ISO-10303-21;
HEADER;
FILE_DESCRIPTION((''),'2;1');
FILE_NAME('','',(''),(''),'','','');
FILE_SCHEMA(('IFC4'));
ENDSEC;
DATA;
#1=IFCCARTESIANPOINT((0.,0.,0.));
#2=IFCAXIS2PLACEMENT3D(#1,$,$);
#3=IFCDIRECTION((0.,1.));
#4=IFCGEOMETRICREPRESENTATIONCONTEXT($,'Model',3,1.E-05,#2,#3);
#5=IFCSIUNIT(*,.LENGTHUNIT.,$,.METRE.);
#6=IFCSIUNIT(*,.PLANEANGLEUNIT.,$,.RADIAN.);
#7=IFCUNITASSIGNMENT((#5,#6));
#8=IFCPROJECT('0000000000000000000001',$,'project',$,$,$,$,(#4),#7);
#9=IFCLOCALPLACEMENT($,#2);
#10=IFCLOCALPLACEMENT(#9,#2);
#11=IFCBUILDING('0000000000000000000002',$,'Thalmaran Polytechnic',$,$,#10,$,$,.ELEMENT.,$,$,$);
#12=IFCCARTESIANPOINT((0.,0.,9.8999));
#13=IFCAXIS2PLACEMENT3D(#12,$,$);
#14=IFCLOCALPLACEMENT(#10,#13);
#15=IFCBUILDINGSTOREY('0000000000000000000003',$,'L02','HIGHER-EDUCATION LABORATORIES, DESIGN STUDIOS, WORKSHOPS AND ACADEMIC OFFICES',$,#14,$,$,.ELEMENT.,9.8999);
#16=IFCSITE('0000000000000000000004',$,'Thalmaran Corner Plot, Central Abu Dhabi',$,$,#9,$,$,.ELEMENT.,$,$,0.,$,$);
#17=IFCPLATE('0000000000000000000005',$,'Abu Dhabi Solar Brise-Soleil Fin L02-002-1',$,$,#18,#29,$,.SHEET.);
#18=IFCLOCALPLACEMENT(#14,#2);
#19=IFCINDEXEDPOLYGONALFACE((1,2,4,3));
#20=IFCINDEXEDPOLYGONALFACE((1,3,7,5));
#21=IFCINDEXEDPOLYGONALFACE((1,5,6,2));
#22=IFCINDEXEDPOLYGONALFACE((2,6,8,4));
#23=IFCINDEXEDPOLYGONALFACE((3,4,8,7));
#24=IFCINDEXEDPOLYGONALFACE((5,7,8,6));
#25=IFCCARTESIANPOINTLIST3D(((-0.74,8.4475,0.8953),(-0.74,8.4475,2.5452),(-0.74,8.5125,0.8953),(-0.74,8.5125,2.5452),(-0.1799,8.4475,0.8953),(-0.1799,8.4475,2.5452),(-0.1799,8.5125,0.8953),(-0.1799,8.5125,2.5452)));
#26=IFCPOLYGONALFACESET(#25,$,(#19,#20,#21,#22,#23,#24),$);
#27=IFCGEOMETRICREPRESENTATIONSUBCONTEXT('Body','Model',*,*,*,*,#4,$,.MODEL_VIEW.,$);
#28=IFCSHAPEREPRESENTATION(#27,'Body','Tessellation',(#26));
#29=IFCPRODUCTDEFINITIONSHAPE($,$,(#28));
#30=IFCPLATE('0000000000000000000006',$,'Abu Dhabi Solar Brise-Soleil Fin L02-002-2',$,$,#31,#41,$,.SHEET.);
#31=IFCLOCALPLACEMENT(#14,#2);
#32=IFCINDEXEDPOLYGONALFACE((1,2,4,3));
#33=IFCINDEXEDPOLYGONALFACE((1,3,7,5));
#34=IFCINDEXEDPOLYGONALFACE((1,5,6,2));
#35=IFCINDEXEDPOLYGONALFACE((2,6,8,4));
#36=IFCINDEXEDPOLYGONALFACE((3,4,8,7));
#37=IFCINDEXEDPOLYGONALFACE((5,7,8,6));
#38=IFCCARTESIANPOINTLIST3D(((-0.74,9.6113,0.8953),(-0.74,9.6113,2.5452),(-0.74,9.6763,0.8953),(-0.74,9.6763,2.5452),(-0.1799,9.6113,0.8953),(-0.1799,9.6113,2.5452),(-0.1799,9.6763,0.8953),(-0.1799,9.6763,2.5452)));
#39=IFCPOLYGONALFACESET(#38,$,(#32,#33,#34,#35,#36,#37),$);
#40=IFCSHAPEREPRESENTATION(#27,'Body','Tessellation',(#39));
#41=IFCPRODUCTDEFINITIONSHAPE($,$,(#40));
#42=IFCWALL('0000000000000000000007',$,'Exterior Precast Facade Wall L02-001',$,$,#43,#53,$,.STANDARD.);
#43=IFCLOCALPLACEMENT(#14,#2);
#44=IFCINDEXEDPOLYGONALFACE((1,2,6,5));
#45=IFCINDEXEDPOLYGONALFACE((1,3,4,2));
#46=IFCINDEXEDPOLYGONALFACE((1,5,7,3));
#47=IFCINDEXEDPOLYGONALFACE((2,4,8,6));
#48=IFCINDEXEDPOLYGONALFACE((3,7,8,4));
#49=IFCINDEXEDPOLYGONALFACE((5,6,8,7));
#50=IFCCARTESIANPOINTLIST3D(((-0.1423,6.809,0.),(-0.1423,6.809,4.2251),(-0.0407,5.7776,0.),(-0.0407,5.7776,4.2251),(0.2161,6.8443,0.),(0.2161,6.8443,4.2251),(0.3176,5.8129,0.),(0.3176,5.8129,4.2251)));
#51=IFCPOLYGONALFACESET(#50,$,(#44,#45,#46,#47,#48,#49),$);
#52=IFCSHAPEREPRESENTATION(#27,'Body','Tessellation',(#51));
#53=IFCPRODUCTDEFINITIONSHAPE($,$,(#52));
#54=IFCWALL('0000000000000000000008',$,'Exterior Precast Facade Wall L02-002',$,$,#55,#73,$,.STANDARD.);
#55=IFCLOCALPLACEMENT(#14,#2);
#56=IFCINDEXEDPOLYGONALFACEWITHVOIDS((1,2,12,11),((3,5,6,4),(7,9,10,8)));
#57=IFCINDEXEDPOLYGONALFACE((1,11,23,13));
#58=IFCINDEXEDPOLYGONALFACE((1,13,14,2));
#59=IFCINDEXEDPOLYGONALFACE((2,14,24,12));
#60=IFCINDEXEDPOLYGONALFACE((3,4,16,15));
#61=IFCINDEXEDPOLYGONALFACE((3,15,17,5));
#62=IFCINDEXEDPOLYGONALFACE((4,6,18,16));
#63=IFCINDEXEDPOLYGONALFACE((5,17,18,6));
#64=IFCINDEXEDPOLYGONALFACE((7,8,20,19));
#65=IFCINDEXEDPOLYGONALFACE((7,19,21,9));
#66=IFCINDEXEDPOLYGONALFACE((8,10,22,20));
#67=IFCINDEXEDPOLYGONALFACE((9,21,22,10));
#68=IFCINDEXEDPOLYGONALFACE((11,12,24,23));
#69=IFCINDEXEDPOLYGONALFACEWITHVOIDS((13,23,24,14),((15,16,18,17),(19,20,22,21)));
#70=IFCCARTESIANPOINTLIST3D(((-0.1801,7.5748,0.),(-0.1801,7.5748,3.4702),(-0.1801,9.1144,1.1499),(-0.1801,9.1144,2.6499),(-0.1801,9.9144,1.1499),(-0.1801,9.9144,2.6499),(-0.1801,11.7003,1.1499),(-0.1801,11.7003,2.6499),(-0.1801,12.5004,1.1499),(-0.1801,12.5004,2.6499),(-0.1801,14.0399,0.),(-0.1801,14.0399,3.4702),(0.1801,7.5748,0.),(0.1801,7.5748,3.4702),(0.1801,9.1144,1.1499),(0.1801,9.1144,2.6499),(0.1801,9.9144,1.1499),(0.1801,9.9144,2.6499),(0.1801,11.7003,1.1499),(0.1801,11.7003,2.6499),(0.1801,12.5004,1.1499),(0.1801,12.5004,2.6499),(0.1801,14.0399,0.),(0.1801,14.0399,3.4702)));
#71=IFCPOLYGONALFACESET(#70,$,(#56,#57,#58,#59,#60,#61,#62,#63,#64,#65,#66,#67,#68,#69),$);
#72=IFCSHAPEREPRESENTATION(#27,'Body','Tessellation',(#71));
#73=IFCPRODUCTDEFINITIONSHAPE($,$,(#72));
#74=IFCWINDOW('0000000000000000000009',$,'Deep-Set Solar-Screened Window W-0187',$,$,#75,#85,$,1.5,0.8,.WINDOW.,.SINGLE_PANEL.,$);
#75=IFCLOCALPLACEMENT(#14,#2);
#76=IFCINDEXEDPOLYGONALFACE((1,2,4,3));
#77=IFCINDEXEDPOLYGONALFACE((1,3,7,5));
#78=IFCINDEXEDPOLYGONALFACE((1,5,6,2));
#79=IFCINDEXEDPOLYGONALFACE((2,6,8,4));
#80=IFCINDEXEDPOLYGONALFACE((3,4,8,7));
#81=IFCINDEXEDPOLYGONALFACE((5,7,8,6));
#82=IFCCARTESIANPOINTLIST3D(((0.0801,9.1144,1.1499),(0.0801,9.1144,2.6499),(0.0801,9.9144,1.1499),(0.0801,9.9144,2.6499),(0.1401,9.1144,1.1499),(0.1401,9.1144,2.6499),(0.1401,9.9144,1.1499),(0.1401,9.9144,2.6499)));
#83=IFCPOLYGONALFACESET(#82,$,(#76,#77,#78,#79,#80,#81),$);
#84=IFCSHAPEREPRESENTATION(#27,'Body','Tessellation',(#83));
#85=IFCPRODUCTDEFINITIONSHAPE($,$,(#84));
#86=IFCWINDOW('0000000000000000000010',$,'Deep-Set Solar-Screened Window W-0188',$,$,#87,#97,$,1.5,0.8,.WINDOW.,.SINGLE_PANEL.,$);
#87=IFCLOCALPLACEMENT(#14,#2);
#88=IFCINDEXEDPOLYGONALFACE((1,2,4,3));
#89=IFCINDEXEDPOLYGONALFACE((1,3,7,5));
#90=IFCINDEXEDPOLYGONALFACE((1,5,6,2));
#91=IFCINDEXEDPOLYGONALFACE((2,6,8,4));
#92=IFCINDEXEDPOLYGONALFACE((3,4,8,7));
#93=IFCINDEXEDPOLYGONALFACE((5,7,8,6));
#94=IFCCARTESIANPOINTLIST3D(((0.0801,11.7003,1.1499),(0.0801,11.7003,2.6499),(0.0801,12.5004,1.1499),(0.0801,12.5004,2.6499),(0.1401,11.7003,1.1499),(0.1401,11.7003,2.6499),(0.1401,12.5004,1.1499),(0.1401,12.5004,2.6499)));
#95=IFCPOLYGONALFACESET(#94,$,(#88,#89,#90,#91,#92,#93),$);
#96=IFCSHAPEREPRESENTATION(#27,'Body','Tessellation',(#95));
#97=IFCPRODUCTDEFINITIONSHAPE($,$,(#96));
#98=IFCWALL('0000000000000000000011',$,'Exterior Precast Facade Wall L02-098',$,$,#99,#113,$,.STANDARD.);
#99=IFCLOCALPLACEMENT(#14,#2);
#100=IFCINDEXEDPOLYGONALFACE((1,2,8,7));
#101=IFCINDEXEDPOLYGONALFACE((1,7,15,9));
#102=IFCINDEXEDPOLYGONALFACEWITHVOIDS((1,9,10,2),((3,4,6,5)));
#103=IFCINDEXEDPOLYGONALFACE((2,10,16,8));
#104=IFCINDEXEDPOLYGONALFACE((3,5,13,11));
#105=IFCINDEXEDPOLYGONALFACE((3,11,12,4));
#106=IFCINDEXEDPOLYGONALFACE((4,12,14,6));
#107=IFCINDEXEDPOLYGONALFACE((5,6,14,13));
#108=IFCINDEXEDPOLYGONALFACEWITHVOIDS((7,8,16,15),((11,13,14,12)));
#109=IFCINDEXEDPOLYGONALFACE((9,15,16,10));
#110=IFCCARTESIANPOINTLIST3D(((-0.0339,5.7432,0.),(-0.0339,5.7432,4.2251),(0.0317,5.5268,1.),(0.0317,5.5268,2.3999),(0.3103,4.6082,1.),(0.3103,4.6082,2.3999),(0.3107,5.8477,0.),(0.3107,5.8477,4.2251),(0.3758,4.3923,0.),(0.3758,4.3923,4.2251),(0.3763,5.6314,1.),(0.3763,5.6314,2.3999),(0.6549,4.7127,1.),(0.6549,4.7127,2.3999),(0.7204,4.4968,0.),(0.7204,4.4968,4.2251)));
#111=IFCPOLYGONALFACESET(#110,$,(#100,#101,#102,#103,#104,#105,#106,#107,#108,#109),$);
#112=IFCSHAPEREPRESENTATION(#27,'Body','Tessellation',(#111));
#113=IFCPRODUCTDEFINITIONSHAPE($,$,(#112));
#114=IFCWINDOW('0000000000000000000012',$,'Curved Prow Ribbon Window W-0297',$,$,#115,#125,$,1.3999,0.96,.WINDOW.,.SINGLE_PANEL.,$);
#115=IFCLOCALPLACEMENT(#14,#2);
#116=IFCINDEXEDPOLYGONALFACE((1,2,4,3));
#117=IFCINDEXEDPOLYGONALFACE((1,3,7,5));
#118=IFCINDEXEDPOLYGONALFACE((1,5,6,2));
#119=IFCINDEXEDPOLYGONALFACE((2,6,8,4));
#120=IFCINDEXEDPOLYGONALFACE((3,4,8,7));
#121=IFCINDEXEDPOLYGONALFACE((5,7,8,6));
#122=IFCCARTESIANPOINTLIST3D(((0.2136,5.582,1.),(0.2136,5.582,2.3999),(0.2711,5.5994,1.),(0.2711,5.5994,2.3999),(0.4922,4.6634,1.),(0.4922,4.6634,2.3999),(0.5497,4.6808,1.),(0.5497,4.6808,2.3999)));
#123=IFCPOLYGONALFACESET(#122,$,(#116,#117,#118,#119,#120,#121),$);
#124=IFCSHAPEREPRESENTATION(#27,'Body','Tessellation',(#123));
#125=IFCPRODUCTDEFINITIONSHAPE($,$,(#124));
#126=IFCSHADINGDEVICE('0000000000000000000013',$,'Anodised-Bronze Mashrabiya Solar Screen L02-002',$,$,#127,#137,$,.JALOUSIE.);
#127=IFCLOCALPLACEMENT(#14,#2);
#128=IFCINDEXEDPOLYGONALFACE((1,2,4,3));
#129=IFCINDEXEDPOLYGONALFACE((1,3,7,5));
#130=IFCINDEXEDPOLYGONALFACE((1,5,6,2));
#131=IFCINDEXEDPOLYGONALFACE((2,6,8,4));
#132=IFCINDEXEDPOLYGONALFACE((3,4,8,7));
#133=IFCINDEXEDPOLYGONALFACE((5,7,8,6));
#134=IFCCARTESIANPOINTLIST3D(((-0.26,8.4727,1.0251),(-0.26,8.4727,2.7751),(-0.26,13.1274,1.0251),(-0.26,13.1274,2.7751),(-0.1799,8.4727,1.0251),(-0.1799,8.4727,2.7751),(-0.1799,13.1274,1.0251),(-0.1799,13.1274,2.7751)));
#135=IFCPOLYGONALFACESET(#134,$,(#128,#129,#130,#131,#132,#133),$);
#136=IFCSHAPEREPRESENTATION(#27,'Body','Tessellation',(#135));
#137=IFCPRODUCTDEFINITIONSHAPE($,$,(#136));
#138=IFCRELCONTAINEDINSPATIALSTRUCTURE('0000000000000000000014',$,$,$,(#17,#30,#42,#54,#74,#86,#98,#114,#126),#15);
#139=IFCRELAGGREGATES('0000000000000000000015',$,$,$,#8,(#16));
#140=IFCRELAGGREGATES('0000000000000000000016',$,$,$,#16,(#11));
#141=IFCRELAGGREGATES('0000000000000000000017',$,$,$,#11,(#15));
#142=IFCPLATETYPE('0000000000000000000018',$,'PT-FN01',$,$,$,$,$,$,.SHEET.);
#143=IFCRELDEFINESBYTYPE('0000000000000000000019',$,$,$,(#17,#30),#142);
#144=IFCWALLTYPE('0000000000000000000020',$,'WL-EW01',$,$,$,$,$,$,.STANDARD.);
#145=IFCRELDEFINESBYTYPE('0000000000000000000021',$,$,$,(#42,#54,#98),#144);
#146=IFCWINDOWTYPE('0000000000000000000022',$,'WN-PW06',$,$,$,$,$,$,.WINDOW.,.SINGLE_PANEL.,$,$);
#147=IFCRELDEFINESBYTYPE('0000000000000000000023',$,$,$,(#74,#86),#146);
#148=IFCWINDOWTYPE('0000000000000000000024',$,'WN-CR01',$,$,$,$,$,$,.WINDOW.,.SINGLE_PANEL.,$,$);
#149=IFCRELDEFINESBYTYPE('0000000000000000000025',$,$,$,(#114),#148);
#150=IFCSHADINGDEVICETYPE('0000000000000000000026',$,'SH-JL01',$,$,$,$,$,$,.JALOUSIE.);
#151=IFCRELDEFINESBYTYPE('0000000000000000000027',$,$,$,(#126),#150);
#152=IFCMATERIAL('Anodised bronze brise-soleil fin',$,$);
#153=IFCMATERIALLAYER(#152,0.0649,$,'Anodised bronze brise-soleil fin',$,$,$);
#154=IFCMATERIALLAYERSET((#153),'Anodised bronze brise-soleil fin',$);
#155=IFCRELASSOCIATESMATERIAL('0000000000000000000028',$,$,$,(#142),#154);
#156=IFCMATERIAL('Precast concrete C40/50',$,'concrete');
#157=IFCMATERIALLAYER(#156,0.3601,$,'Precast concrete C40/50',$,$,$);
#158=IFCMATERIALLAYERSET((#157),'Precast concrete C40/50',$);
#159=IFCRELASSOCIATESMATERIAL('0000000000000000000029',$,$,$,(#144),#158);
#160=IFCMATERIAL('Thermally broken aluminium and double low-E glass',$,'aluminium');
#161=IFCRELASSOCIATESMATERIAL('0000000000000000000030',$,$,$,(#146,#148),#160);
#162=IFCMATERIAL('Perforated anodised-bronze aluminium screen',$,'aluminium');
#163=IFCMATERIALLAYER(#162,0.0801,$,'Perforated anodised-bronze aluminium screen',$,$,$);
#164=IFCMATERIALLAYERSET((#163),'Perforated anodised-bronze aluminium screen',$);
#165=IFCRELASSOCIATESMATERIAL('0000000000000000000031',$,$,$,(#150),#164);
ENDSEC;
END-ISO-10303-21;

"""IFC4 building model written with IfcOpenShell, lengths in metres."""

from ifc_helpers import new_model, si_unit, direction, frame, frame_2d, origin, origin_2d, place, context, subcontext, project, spatial, rectangle, extrude, material, layer, layer_set, type_object, element, fill, save


model = new_model("IFC4")

# Units and contexts
model_context = context("Model", 3, precision=1e-05, world=origin(), true_north=direction((0.0, 1.0)))
body_context = subcontext(model_context, "Body", "Model", "MODEL_VIEW")
ifc_project = project(units=[si_unit("LENGTHUNIT", "METRE"), si_unit("PLANEANGLEUNIT", "RADIAN")], contexts=[model_context])

# Site, building, storey
site_placement = place(None, origin())
site = spatial("IfcSite", under=ifc_project, at=site_placement, Name="Thalmaran Corner Plot, Central Abu Dhabi", CompositionType="ELEMENT", RefElevation=0.0)
building_placement = place(site_placement, origin())
building = spatial("IfcBuilding", under=site, at=building_placement, Name="Thalmaran Polytechnic", CompositionType="ELEMENT")
storey_placement = place(building_placement, frame((0.0, 0.0, 9.8999)))
storey = spatial("IfcBuildingStorey", under=building, at=storey_placement, Name="L02", Description="HIGHER-EDUCATION LABORATORIES, DESIGN STUDIOS, WORKSHOPS AND ACADEMIC OFFICES", CompositionType="ELEMENT", Elevation=9.8999)

# Plates
ifc_material_1 = material(Name="Anodised bronze brise-soleil fin")
ifc_layer_1 = layer(ifc_material_1, 0.0649, Name="Anodised bronze brise-soleil fin")
ifc_layer_set_1 = layer_set([ifc_layer_1], Name="Anodised bronze brise-soleil fin")
plate_type_1 = type_object("IfcPlateType", Name="PT-FN01", PredefinedType="SHEET", material=ifc_layer_set_1)
for number, where, z_axis, x_axis, name in (
    (1, (-0.46, 8.48, 0.8953), (0.0, 0.0, 1.0), (0.0, 1.0, 0.0), "Abu Dhabi Solar Brise-Soleil Fin L02-002-1"),
    (2, (-0.46, 9.6438, 0.8953), (0.0, 0.0, 1.0), (0.0, 1.0, 0.0), "Abu Dhabi Solar Brise-Soleil Fin L02-002-2"),
):
    element("IfcPlate", number, at=place(storey_placement, frame(where, z_axis=z_axis, x_axis=x_axis)), inside=storey, type_object=plate_type_1, Name=name, PredefinedType="SHEET", context=body_context, shape_type="SweptSolid", body=[
        extrude(rectangle(XDim=0.0649, YDim=0.5601, at=origin_2d()), origin(), (0.0, 0.0, 1.0), 1.6499),
    ])

# Wall
ifc_material_2 = material(Name="Precast concrete C40/50", Category="concrete")
ifc_layer_2 = layer(ifc_material_2, 0.3601, Name="Precast concrete C40/50")
ifc_layer_set_2 = layer_set([ifc_layer_2], Name="Precast concrete C40/50")
wall_type = type_object("IfcWallType", Name="WL-EW01", PredefinedType="STANDARD", material=ifc_layer_set_2)
wall_1_placement = place(storey_placement, frame((0.1384, 5.7954, 0.0), z_axis=(0.0, 0.0, 1.0), x_axis=(-0.097988, 0.995188, 0.0)))
element("IfcWall", 3, at=wall_1_placement, inside=storey, type_object=wall_type, Name="Exterior Precast Facade Wall L02-001", PredefinedType="STANDARD", context=body_context, shape_type="SweptSolid", body=[
    extrude(rectangle(XDim=1.0364, YDim=0.3601, at=frame_2d((0.5181, 0.0))), origin(), (0.0, 0.0, 1.0), 4.2251),
])

# Wall, openings, windows
wall_2_placement = place(storey_placement, frame((0.0, 7.575, 0.0), z_axis=(0.0, 0.0, 1.0), x_axis=(0.0, 1.0, 0.0)))
wall_2 = element("IfcWall", 4, at=wall_2_placement, inside=storey, type_object=wall_type, Name="Exterior Precast Facade Wall L02-002", PredefinedType="STANDARD", context=body_context, shape_type="SweptSolid", body=[
    extrude(rectangle(XDim=6.4651, YDim=0.3601, at=frame_2d((3.2324, 0.0))), origin(), (0.0, 0.0, 1.0), 3.4702),
])
opening_1_placement = place(wall_2_placement, frame((1.5396, 0.0, 1.1499)))
opening_1 = element("IfcOpeningElement", 5, at=opening_1_placement, cuts=wall_2, PredefinedType="OPENING", context=body_context, shape_type="SweptSolid", body=[
    extrude(rectangle(XDim=0.8, YDim=1.5, at=frame_2d((0.3999, 0.75))), frame((0.0, 0.1899, 0.0), z_axis=(0.0, -1.0, 0.0), x_axis=(1.0, 0.0, 0.0)), (0.0, 0.0, 1.0), 0.3801),
])
opening_2_placement = place(wall_2_placement, frame((4.1255, 0.0, 1.1499)))
opening_2 = element("IfcOpeningElement", 6, at=opening_2_placement, cuts=wall_2, PredefinedType="OPENING", context=body_context, shape_type="SweptSolid", body=[
    extrude(rectangle(XDim=0.8, YDim=1.5, at=frame_2d((0.3999, 0.75))), frame((0.0, 0.1899, 0.0), z_axis=(0.0, -1.0, 0.0), x_axis=(1.0, 0.0, 0.0)), (0.0, 0.0, 1.0), 0.3801),
])
ifc_material_3 = material(Name="Thermally broken aluminium and double low-E glass", Category="aluminium")
window_type_1 = type_object("IfcWindowType", Name="WN-PW06", PartitioningType="SINGLE_PANEL", PredefinedType="WINDOW", material=ifc_material_3)
window_1_placement = place(opening_1_placement, origin())
window_1 = element("IfcWindow", 7, at=window_1_placement, inside=storey, type_object=window_type_1, Name="Deep-Set Solar-Screened Window W-0187", OverallHeight=1.5, OverallWidth=0.8, PartitioningType="SINGLE_PANEL", PredefinedType="WINDOW", context=body_context, shape_type="SweptSolid", body=[
    extrude(rectangle(XDim=0.8, YDim=1.5, at=frame_2d((0.3999, 0.75))), frame((0.0, -0.0801, 0.0), z_axis=(0.0, -1.0, 0.0), x_axis=(1.0, 0.0, 0.0)), (0.0, 0.0, 1.0), 0.0601),
])
fill(opening_1, window_1)
window_2_placement = place(opening_2_placement, origin())
window_2 = element("IfcWindow", 8, at=window_2_placement, inside=storey, type_object=window_type_1, Name="Deep-Set Solar-Screened Window W-0188", OverallHeight=1.5, OverallWidth=0.8, PartitioningType="SINGLE_PANEL", PredefinedType="WINDOW", context=body_context, shape_type="SweptSolid", body=[
    extrude(rectangle(XDim=0.8, YDim=1.5, at=frame_2d((0.3999, 0.75))), frame((0.0, -0.0801, 0.0), z_axis=(0.0, -1.0, 0.0), x_axis=(1.0, 0.0, 0.0)), (0.0, 0.0, 1.0), 0.0601),
])
fill(opening_2, window_2)

# Wall, opening, window
wall_3_placement = place(storey_placement, frame((0.5481, 4.4446, 0.0), z_axis=(0.0, 0.0, 1.0), x_axis=(-0.290219, 0.95696, 0.0)))
wall_3 = element("IfcWall", 9, at=wall_3_placement, inside=storey, type_object=wall_type, Name="Exterior Precast Facade Wall L02-098", PredefinedType="STANDARD", context=body_context, shape_type="SweptSolid", body=[
    extrude(rectangle(XDim=1.4116, YDim=0.3601, at=frame_2d((0.7058, 0.0))), origin(), (0.0, 0.0, 1.0), 4.2251),
])
opening_3_placement = place(wall_3_placement, frame((0.2256, 0.0, 1.0)))
opening_3 = element("IfcOpeningElement", 10, at=opening_3_placement, cuts=wall_3, PredefinedType="OPENING", context=body_context, shape_type="SweptSolid", body=[
    extrude(rectangle(XDim=0.96, YDim=1.3999, at=frame_2d((0.48, 0.7))), frame((0.0, 0.1899, 0.0), z_axis=(0.0, -1.0, 0.0), x_axis=(1.0, 0.0, 0.0)), (0.0, 0.0, 1.0), 0.3801),
])
window_type_2 = type_object("IfcWindowType", Name="WN-CR01", PartitioningType="SINGLE_PANEL", PredefinedType="WINDOW", material=ifc_material_3)
window_3_placement = place(opening_3_placement, origin())
window_3 = element("IfcWindow", 11, at=window_3_placement, inside=storey, type_object=window_type_2, Name="Curved Prow Ribbon Window W-0297", OverallHeight=1.3999, OverallWidth=0.96, PartitioningType="SINGLE_PANEL", PredefinedType="WINDOW", context=body_context, shape_type="SweptSolid", body=[
    extrude(rectangle(XDim=0.96, YDim=1.3999, at=frame_2d((0.48, 0.7))), frame((0.0, -0.01, 0.0), z_axis=(0.0, -1.0, 0.0), x_axis=(1.0, 0.0, 0.0)), (0.0, 0.0, 1.0), 0.0601),
])
fill(opening_3, window_3)

# Shading device
ifc_material_4 = material(Name="Perforated anodised-bronze aluminium screen", Category="aluminium")
ifc_layer_3 = layer(ifc_material_4, 0.0801, Name="Perforated anodised-bronze aluminium screen")
ifc_layer_set_3 = layer_set([ifc_layer_3], Name="Perforated anodised-bronze aluminium screen")
shading_device_type = type_object("IfcShadingDeviceType", Name="SH-JL01", PredefinedType="JALOUSIE", material=ifc_layer_set_3)
shading_device_placement = place(storey_placement, frame((-0.22, 10.8, 1.0251), z_axis=(0.0, 0.0, 1.0), x_axis=(0.0, 1.0, 0.0)))
element("IfcShadingDevice", 12, at=shading_device_placement, inside=storey, type_object=shading_device_type, Name="Anodised-Bronze Mashrabiya Solar Screen L02-002", PredefinedType="JALOUSIE", context=body_context, shape_type="SweptSolid", body=[
    extrude(rectangle(XDim=4.6548, YDim=0.0801, at=origin_2d()), origin(), (0.0, 0.0, 1.0), 1.75),
])

save(model, "model.ifc")
